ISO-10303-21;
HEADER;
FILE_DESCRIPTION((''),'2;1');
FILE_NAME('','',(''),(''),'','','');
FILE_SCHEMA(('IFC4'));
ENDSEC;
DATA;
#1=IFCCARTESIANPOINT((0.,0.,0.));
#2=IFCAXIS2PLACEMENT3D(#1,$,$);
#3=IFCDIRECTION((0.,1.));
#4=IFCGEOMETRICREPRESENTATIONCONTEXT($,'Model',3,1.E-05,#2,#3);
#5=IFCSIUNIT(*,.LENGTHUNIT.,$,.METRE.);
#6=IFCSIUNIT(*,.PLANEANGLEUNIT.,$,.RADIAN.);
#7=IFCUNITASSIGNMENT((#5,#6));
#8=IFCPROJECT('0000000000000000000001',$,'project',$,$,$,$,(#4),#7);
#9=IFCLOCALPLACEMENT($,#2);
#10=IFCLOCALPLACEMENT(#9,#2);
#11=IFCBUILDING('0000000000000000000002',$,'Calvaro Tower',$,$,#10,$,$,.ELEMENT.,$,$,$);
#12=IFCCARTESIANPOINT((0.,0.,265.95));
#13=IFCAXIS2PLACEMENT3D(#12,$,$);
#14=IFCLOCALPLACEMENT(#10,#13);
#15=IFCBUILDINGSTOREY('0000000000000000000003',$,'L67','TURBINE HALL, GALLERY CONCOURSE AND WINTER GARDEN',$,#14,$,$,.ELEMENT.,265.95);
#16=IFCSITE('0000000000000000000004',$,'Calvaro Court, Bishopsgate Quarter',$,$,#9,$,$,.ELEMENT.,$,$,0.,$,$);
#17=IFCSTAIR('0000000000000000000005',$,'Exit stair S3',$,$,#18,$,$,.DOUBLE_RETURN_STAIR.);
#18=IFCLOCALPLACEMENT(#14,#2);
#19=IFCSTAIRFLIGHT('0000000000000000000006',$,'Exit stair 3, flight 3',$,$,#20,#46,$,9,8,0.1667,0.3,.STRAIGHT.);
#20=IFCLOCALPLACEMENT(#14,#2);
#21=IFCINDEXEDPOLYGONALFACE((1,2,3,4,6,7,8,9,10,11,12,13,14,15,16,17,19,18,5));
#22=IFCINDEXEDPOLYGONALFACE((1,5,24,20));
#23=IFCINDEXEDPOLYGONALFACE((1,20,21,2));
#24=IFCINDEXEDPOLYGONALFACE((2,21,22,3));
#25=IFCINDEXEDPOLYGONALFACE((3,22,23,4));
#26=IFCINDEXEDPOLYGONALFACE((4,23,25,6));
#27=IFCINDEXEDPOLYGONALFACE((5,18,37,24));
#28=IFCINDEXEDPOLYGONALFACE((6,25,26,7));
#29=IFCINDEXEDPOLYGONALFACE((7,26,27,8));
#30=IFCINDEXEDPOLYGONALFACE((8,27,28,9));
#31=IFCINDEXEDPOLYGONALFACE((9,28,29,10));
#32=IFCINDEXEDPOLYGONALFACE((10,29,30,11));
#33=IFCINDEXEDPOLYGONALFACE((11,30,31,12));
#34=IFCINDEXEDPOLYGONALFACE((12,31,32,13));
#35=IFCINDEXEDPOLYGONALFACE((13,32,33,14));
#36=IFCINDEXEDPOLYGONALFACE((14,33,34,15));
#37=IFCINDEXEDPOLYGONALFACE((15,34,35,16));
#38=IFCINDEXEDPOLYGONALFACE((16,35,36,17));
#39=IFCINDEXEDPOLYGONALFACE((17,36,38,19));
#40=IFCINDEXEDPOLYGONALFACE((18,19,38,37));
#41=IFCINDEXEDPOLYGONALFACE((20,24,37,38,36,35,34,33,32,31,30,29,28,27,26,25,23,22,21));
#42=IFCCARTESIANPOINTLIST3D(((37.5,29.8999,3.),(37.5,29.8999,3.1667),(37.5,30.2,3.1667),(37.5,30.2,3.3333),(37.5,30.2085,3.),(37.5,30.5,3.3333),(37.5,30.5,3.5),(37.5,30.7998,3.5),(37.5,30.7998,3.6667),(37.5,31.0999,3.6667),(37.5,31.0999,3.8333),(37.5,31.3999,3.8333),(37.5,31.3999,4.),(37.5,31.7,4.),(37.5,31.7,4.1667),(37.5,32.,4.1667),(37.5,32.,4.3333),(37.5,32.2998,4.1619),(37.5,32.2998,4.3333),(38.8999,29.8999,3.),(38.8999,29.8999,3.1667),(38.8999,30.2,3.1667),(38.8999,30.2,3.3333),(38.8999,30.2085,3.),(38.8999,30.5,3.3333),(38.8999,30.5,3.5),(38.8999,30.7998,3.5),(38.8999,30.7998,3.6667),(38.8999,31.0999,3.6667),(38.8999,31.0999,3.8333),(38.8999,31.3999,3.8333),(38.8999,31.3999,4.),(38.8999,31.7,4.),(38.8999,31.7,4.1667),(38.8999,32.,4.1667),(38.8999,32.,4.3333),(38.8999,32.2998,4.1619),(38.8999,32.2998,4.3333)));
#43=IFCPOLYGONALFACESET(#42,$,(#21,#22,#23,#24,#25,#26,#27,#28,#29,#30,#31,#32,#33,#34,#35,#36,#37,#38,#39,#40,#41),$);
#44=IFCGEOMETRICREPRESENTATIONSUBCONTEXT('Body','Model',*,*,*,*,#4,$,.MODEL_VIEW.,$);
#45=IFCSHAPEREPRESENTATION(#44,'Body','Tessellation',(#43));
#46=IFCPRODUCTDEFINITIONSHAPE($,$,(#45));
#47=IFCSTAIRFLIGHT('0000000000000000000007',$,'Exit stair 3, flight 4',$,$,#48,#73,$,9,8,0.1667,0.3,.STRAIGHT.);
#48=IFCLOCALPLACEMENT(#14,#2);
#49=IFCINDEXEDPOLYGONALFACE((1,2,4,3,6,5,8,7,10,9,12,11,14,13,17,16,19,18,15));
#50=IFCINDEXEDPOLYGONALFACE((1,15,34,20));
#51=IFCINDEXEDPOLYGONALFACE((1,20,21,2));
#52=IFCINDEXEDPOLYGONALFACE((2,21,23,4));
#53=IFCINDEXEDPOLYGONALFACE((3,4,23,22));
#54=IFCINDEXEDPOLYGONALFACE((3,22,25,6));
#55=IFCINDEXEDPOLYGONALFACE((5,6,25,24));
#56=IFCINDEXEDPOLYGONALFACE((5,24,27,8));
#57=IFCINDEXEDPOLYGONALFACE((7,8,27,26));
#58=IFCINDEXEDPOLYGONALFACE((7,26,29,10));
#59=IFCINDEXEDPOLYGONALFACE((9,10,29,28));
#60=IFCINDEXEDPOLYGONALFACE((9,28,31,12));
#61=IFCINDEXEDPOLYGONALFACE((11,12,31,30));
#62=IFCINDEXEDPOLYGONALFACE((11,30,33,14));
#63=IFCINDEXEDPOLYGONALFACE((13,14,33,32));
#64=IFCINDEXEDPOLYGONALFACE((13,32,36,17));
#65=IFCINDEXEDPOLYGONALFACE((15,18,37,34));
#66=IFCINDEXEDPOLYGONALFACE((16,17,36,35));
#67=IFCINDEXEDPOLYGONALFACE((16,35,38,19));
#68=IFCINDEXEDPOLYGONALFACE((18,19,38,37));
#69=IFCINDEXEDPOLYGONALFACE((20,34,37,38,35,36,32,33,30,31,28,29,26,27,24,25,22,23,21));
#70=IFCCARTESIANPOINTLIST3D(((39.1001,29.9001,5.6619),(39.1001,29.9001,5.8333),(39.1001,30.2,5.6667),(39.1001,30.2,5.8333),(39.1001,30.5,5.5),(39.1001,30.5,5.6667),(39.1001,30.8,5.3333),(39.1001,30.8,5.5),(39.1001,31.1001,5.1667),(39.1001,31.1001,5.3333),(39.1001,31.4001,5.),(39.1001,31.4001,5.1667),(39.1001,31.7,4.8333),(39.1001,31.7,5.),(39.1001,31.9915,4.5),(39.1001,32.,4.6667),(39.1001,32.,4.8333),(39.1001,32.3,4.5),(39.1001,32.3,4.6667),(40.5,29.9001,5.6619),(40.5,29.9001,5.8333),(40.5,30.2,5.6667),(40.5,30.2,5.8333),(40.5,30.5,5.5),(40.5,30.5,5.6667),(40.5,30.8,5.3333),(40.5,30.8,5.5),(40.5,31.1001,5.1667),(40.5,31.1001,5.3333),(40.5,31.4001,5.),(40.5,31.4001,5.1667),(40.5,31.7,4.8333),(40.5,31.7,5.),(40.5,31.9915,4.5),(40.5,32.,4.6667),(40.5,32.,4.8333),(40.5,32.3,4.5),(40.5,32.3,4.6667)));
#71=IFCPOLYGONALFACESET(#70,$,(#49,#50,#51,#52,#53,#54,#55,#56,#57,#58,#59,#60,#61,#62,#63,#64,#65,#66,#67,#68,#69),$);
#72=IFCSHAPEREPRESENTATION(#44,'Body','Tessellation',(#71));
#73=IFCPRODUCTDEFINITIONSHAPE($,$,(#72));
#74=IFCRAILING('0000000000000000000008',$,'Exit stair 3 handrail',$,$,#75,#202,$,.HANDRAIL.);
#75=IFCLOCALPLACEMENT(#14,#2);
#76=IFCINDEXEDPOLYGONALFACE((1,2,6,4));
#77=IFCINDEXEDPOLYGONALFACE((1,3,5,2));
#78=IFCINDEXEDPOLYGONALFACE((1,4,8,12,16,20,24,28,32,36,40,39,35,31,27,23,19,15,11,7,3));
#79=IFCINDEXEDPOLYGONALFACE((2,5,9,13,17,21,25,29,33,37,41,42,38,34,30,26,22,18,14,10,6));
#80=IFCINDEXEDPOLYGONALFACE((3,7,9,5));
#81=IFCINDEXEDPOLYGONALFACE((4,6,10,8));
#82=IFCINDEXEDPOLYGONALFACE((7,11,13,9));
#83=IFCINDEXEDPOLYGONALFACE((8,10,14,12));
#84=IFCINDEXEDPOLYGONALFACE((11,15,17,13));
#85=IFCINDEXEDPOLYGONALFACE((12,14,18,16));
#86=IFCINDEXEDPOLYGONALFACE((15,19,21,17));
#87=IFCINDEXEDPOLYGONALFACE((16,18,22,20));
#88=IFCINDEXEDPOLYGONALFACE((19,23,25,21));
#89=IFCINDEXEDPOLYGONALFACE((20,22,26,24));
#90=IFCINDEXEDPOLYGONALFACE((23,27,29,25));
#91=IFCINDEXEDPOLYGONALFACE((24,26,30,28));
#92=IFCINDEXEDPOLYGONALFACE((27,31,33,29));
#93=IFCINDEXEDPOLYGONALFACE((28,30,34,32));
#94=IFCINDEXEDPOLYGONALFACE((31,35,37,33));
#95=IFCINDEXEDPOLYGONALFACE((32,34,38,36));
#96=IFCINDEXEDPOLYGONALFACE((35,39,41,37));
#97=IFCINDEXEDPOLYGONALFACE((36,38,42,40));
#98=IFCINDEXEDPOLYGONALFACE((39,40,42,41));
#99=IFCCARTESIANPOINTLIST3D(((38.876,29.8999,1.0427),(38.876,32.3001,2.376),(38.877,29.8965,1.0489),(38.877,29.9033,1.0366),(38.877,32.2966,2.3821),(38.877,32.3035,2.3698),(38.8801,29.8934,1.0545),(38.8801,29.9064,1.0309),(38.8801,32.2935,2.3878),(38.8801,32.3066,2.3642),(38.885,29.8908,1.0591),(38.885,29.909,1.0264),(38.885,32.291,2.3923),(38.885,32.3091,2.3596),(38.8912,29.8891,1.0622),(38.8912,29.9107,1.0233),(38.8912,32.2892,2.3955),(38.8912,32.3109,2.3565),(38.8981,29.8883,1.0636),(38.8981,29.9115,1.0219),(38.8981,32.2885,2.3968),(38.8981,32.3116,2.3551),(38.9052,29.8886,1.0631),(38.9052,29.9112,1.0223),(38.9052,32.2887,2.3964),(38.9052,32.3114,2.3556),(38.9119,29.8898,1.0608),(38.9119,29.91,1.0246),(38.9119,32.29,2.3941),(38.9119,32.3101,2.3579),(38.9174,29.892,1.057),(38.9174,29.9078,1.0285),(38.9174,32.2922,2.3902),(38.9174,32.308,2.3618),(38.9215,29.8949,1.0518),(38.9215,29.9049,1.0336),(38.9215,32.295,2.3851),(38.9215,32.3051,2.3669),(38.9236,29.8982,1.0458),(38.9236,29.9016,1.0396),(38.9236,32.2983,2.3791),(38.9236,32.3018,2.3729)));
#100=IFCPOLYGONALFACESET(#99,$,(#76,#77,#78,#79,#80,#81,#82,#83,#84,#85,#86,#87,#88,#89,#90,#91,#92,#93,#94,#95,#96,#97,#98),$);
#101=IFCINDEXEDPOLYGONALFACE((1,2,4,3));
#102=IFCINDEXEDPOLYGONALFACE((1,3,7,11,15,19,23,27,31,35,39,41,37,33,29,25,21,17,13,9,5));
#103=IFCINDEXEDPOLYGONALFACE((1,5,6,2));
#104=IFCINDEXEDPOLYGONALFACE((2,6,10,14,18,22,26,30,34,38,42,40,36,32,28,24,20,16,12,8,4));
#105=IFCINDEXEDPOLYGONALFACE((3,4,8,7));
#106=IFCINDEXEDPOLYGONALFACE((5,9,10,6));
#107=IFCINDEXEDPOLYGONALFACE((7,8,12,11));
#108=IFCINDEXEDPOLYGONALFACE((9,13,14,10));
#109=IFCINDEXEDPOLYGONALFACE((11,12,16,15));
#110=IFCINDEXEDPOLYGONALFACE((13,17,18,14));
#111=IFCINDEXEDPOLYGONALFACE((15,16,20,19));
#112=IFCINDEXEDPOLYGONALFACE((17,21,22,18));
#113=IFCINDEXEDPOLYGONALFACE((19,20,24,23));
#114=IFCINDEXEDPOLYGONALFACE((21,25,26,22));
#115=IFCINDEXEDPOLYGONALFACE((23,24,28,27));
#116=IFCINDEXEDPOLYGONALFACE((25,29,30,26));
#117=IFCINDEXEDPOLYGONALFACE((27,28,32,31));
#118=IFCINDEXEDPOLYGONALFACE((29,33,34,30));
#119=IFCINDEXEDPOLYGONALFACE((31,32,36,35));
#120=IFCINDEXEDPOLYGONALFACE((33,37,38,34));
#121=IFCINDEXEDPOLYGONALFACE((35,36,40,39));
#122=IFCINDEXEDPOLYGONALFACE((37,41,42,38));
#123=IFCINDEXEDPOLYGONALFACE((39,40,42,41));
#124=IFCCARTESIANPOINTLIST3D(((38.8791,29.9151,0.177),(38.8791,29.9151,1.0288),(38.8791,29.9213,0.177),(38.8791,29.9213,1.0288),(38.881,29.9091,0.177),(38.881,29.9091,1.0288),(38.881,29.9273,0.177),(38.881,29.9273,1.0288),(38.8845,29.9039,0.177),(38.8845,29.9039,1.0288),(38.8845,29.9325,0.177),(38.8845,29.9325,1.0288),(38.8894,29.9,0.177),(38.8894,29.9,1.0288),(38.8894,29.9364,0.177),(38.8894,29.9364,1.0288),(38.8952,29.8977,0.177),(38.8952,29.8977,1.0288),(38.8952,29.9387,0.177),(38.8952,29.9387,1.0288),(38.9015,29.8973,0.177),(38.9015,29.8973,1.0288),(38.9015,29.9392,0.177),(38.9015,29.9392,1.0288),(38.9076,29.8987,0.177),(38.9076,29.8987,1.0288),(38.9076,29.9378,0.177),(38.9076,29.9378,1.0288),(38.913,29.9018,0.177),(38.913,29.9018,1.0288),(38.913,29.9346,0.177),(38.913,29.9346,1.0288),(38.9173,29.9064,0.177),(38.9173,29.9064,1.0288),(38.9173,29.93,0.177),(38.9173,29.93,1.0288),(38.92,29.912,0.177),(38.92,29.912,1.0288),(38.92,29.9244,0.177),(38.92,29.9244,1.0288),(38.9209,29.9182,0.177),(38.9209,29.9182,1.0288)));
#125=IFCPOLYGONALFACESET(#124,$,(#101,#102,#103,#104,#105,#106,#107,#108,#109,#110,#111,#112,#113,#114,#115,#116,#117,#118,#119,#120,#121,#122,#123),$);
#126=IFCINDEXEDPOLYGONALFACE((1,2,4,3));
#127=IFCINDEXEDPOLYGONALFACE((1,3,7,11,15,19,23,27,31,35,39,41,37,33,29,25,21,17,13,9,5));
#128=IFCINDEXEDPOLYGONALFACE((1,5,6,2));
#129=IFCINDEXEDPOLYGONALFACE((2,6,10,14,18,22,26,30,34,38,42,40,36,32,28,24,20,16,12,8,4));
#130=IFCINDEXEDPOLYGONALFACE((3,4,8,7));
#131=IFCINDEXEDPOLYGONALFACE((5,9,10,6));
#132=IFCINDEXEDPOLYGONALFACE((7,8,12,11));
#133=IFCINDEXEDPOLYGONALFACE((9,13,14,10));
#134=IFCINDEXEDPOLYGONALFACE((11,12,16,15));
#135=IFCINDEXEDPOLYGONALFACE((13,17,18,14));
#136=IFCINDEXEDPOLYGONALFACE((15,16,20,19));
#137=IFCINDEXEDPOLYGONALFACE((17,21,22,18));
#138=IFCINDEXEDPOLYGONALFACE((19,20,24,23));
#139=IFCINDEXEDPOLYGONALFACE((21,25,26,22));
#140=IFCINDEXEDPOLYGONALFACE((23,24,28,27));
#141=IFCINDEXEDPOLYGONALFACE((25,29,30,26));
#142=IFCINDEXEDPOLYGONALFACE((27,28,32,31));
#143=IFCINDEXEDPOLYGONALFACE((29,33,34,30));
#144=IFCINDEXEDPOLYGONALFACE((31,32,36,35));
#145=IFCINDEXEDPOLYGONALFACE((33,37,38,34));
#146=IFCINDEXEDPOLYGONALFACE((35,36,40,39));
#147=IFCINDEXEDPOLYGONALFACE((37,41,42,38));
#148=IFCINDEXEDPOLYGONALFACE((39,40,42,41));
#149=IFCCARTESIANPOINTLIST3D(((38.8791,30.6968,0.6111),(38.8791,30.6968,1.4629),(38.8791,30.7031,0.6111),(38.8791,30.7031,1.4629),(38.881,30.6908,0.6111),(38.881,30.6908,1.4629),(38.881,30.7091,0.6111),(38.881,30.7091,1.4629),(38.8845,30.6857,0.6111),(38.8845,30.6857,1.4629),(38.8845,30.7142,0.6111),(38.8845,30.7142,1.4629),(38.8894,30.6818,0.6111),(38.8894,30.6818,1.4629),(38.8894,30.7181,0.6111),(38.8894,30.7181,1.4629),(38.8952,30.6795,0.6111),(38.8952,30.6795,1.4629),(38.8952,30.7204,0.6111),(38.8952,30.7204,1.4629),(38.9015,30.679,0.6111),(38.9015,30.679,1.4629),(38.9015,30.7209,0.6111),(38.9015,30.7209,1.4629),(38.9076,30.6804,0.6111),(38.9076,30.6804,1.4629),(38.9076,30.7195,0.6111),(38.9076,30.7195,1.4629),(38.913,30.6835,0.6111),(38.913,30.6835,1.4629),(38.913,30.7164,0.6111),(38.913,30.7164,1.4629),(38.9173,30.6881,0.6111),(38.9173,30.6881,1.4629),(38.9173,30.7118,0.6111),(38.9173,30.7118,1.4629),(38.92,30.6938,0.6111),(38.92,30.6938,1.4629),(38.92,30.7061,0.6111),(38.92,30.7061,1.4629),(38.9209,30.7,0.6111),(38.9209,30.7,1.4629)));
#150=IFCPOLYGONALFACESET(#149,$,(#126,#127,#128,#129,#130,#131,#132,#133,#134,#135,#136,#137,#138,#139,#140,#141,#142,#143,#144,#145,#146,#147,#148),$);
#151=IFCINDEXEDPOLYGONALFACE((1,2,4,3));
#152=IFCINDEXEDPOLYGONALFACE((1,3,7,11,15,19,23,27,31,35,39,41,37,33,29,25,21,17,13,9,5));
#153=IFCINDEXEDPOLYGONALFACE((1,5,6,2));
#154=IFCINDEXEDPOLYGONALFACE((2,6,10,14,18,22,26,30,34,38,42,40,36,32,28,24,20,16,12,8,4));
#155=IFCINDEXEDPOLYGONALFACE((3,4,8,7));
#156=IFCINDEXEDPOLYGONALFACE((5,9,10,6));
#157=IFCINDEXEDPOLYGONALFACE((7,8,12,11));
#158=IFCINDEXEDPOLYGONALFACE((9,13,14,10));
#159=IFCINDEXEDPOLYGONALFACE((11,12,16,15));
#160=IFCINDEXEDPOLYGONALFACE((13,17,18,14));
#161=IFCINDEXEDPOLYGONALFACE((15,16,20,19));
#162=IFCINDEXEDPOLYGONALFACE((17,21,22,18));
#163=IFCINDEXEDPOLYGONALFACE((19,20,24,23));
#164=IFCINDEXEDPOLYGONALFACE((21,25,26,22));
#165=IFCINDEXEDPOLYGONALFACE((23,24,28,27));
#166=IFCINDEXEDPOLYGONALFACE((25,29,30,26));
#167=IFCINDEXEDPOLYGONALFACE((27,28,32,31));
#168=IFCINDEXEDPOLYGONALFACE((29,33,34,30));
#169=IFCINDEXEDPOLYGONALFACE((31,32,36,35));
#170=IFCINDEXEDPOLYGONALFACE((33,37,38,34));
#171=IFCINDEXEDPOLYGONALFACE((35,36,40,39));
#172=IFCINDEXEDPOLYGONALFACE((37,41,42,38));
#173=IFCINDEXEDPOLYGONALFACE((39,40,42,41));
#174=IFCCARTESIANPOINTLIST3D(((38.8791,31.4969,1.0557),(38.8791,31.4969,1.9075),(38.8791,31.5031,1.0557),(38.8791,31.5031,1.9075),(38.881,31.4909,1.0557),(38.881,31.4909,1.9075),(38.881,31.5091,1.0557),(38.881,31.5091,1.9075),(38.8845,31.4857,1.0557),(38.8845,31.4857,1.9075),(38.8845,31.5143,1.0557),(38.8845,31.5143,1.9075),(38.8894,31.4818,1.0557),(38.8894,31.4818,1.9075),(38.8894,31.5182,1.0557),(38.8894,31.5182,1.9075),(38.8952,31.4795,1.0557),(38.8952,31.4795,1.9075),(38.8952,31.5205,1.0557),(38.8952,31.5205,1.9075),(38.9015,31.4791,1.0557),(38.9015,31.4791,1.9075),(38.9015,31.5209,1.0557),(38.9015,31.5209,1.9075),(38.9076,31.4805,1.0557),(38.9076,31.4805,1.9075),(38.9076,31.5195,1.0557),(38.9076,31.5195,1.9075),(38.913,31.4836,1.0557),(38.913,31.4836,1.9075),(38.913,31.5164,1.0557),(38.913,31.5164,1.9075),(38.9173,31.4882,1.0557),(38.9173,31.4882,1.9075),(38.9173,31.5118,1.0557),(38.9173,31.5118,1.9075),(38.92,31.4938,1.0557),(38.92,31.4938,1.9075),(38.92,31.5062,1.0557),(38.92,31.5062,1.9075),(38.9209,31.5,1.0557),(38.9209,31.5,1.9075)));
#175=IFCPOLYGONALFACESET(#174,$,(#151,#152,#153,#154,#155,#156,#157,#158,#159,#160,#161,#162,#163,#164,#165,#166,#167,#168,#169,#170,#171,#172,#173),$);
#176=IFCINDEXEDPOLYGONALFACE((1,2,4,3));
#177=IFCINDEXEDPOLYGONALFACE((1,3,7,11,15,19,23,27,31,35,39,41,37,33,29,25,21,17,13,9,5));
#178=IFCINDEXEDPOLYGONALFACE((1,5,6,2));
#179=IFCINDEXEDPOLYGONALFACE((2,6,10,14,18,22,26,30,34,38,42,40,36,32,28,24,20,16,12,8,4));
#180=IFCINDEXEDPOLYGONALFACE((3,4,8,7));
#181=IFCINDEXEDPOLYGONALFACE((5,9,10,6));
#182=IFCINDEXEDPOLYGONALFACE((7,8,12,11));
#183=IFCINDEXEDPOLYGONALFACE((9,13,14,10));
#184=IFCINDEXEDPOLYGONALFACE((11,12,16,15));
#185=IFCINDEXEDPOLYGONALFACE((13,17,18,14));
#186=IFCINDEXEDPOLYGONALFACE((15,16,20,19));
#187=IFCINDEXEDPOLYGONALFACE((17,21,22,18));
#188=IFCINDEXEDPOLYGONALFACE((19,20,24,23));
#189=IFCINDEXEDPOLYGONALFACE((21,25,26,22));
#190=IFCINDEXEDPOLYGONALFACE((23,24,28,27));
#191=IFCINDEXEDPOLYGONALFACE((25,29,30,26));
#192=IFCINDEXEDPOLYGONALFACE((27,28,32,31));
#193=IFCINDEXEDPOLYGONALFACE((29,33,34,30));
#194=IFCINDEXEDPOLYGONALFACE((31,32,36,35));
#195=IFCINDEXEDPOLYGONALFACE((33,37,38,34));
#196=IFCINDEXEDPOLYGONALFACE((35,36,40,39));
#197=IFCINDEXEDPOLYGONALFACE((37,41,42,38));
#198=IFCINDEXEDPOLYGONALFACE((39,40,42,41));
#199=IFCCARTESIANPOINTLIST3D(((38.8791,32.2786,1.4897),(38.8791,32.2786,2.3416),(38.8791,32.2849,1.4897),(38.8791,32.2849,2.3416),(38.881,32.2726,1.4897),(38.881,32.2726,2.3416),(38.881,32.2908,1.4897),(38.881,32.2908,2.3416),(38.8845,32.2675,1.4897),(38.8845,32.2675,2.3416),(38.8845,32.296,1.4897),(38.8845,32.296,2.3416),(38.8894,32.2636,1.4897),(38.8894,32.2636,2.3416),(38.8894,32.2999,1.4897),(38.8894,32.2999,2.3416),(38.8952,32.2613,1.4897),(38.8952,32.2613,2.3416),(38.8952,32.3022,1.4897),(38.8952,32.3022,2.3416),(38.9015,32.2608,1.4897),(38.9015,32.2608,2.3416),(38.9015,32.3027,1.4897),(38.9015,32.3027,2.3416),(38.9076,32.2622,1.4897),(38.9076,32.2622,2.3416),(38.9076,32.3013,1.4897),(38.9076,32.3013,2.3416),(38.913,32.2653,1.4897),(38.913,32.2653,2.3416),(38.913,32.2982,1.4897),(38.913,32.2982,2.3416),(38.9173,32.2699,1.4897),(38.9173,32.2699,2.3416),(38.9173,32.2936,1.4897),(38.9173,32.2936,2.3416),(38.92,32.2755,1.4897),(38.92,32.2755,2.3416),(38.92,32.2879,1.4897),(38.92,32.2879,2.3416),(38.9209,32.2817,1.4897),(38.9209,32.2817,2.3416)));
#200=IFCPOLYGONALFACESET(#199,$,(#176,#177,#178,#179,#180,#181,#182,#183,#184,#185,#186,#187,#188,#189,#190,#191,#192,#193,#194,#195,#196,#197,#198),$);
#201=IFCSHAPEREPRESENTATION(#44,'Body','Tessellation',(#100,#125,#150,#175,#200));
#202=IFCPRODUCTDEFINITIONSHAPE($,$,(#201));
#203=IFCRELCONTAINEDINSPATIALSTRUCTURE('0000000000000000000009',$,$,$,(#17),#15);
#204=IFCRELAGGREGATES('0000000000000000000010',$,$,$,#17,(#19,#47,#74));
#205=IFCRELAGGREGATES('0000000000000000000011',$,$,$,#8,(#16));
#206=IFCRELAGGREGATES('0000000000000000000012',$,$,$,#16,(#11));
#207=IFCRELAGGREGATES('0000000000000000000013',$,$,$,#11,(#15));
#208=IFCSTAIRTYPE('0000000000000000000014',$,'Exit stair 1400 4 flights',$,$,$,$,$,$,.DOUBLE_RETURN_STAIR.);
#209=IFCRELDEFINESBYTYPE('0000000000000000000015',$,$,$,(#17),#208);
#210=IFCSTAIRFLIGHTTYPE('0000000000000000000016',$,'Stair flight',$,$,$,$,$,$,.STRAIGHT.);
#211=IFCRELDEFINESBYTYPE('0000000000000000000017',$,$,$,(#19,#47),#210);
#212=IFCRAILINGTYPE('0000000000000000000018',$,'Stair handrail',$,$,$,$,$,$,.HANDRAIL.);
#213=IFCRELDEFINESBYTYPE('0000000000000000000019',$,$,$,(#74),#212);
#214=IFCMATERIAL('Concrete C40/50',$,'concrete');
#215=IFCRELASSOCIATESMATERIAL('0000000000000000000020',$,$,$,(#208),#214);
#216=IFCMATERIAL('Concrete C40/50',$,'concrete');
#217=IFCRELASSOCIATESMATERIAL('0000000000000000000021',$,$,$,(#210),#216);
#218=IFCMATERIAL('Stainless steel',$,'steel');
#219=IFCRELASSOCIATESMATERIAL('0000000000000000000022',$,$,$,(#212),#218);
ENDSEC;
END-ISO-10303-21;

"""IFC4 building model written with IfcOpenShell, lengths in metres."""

from ifc_helpers import new_model, si_unit, direction, frame, origin, origin_2d, place, context, subcontext, project, spatial, polyline, circle, outline, extrude, material, type_object, element, aggregate, save


model = new_model("IFC4")

# Units and contexts
model_context = context("Model", 3, precision=1e-05, world=origin(), true_north=direction((0.0, 1.0)))
body_context = subcontext(model_context, "Body", "Model", "MODEL_VIEW")
ifc_project = project(units=[si_unit("LENGTHUNIT", "METRE"), si_unit("PLANEANGLEUNIT", "RADIAN")], contexts=[model_context])

# Site, building, storey
site_placement = place(None, origin())
site = spatial("IfcSite", under=ifc_project, at=site_placement, Name="Calvaro Court, Bishopsgate Quarter", CompositionType="ELEMENT", RefElevation=0.0)
building_placement = place(site_placement, origin())
building = spatial("IfcBuilding", under=site, at=building_placement, Name="Calvaro Tower", CompositionType="ELEMENT")
storey_placement = place(building_placement, frame((0.0, 0.0, 265.95)))
storey = spatial("IfcBuildingStorey", under=building, at=storey_placement, Name="L67", Description="TURBINE HALL, GALLERY CONCOURSE AND WINTER GARDEN", CompositionType="ELEMENT", Elevation=265.95)

# Stair, stair flights, railing
ifc_material_1 = material(Name="Concrete C40/50", Category="concrete")
stair_type = type_object("IfcStairType", Name="Exit stair 1400 4 flights", PredefinedType="DOUBLE_RETURN_STAIR", material=ifc_material_1)
stair_placement = place(storey_placement, origin())
stair = element("IfcStair", 1, at=stair_placement, inside=storey, type_object=stair_type, Name="Exit stair S3", PredefinedType="DOUBLE_RETURN_STAIR")
ifc_material_2 = material(Name="Concrete C40/50", Category="concrete")
stair_flight_type = type_object("IfcStairFlightType", Name="Stair flight", PredefinedType="STRAIGHT", material=ifc_material_2)
stair_flight_1_placement = place(storey_placement, frame((38.2, 29.8999, 3.0), z_axis=(0.0, 0.0, 1.0), x_axis=(0.0, 1.0, 0.0)))
stair_flight_1 = element("IfcStairFlight", 2, at=stair_flight_1_placement, type_object=stair_flight_type, Name="Exit stair 3, flight 3", NumberOfRisers=9, NumberOfTreads=8, PredefinedType="STRAIGHT", RiserHeight=0.1667, TreadLength=0.3, context=body_context, shape_type="SweptSolid", body=[
    extrude(outline(polyline([(0.0, 0.0), (0.0, 0.1667), (0.3, 0.1667), (0.3, 0.3333), (0.6001, 0.3333), (0.6001, 0.5), (0.8999, 0.5), (0.8999, 0.6667), (1.2, 0.6667), (1.2, 0.8333), (1.5, 0.8333), (1.5, 1.0), (1.8, 1.0), (1.8, 1.1667), (2.1001, 1.1667), (2.1001, 1.3333), (2.3999, 1.3333), (2.3999, 1.5), (2.3999, 1.1619), (0.3086, 0.0), (0.0, 0.0)])), frame((0.0, 0.7, 0.0), z_axis=(0.0, -1.0, 0.0), x_axis=(1.0, 0.0, 0.0)), (0.0, 0.0, 1.0), 1.3999),
])
stair_flight_2_placement = place(storey_placement, frame((39.8, 32.3, 4.5), z_axis=(0.0, 0.0, 1.0), x_axis=(0.0, -1.0, 0.0)))
stair_flight_2 = element("IfcStairFlight", 3, at=stair_flight_2_placement, type_object=stair_flight_type, Name="Exit stair 3, flight 4", NumberOfRisers=9, NumberOfTreads=8, PredefinedType="STRAIGHT", RiserHeight=0.1667, TreadLength=0.3, context=body_context, shape_type="SweptSolid", body=[
    extrude(outline(polyline([(0.0, 0.0), (0.0, 0.1667), (0.3, 0.1667), (0.3, 0.3333), (0.6001, 0.3333), (0.6001, 0.5), (0.8999, 0.5), (0.8999, 0.6667), (1.2, 0.6667), (1.2, 0.8333), (1.5, 0.8333), (1.5, 1.0), (1.8, 1.0), (1.8, 1.1667), (2.1001, 1.1667), (2.1001, 1.3333), (2.3999, 1.3333), (2.3999, 1.5), (2.3999, 1.1619), (0.3086, 0.0), (0.0, 0.0)])), frame((0.0, 0.7, 0.0), z_axis=(0.0, -1.0, 0.0), x_axis=(1.0, 0.0, 0.0)), (0.0, 0.0, 1.0), 1.3999),
])
ifc_material_3 = material(Name="Stainless steel", Category="steel")
railing_type = type_object("IfcRailingType", Name="Stair handrail", PredefinedType="HANDRAIL", material=ifc_material_3)
railing_1_placement = place(storey_placement, frame((38.8999, 29.8999, 0.1667)))
railing_1 = element("IfcRailing", 4, at=railing_1_placement, type_object=railing_type, Name="Exit stair 3 handrail", PredefinedType="HANDRAIL", context=body_context, shape_type="SweptSolid", body=[
    extrude(circle(Radius=0.0239, at=origin_2d()), frame((0.0, 0.0, 0.876), z_axis=(0.0, 0.874182, 0.485598), x_axis=(-1.0, 0.0, 0.0)), (0.0, 0.0, 1.0), 2.7456),
    extrude(circle(Radius=0.021, at=origin_2d()), frame((0.0, 0.0183, 0.0103)), (0.0, 0.0, 1.0), 0.8518),
    extrude(circle(Radius=0.021, at=origin_2d()), frame((0.0, 0.8, 0.4443)), (0.0, 0.0, 1.0), 0.8518),
    extrude(circle(Radius=0.021, at=origin_2d()), frame((0.0, 1.6001, 0.8889)), (0.0, 0.0, 1.0), 0.8518),
    extrude(circle(Radius=0.021, at=origin_2d()), frame((0.0, 2.3818, 1.323)), (0.0, 0.0, 1.0), 0.8518),
])
aggregate(stair, [stair_flight_1, stair_flight_2, railing_1])

save(model, "model.ifc")
